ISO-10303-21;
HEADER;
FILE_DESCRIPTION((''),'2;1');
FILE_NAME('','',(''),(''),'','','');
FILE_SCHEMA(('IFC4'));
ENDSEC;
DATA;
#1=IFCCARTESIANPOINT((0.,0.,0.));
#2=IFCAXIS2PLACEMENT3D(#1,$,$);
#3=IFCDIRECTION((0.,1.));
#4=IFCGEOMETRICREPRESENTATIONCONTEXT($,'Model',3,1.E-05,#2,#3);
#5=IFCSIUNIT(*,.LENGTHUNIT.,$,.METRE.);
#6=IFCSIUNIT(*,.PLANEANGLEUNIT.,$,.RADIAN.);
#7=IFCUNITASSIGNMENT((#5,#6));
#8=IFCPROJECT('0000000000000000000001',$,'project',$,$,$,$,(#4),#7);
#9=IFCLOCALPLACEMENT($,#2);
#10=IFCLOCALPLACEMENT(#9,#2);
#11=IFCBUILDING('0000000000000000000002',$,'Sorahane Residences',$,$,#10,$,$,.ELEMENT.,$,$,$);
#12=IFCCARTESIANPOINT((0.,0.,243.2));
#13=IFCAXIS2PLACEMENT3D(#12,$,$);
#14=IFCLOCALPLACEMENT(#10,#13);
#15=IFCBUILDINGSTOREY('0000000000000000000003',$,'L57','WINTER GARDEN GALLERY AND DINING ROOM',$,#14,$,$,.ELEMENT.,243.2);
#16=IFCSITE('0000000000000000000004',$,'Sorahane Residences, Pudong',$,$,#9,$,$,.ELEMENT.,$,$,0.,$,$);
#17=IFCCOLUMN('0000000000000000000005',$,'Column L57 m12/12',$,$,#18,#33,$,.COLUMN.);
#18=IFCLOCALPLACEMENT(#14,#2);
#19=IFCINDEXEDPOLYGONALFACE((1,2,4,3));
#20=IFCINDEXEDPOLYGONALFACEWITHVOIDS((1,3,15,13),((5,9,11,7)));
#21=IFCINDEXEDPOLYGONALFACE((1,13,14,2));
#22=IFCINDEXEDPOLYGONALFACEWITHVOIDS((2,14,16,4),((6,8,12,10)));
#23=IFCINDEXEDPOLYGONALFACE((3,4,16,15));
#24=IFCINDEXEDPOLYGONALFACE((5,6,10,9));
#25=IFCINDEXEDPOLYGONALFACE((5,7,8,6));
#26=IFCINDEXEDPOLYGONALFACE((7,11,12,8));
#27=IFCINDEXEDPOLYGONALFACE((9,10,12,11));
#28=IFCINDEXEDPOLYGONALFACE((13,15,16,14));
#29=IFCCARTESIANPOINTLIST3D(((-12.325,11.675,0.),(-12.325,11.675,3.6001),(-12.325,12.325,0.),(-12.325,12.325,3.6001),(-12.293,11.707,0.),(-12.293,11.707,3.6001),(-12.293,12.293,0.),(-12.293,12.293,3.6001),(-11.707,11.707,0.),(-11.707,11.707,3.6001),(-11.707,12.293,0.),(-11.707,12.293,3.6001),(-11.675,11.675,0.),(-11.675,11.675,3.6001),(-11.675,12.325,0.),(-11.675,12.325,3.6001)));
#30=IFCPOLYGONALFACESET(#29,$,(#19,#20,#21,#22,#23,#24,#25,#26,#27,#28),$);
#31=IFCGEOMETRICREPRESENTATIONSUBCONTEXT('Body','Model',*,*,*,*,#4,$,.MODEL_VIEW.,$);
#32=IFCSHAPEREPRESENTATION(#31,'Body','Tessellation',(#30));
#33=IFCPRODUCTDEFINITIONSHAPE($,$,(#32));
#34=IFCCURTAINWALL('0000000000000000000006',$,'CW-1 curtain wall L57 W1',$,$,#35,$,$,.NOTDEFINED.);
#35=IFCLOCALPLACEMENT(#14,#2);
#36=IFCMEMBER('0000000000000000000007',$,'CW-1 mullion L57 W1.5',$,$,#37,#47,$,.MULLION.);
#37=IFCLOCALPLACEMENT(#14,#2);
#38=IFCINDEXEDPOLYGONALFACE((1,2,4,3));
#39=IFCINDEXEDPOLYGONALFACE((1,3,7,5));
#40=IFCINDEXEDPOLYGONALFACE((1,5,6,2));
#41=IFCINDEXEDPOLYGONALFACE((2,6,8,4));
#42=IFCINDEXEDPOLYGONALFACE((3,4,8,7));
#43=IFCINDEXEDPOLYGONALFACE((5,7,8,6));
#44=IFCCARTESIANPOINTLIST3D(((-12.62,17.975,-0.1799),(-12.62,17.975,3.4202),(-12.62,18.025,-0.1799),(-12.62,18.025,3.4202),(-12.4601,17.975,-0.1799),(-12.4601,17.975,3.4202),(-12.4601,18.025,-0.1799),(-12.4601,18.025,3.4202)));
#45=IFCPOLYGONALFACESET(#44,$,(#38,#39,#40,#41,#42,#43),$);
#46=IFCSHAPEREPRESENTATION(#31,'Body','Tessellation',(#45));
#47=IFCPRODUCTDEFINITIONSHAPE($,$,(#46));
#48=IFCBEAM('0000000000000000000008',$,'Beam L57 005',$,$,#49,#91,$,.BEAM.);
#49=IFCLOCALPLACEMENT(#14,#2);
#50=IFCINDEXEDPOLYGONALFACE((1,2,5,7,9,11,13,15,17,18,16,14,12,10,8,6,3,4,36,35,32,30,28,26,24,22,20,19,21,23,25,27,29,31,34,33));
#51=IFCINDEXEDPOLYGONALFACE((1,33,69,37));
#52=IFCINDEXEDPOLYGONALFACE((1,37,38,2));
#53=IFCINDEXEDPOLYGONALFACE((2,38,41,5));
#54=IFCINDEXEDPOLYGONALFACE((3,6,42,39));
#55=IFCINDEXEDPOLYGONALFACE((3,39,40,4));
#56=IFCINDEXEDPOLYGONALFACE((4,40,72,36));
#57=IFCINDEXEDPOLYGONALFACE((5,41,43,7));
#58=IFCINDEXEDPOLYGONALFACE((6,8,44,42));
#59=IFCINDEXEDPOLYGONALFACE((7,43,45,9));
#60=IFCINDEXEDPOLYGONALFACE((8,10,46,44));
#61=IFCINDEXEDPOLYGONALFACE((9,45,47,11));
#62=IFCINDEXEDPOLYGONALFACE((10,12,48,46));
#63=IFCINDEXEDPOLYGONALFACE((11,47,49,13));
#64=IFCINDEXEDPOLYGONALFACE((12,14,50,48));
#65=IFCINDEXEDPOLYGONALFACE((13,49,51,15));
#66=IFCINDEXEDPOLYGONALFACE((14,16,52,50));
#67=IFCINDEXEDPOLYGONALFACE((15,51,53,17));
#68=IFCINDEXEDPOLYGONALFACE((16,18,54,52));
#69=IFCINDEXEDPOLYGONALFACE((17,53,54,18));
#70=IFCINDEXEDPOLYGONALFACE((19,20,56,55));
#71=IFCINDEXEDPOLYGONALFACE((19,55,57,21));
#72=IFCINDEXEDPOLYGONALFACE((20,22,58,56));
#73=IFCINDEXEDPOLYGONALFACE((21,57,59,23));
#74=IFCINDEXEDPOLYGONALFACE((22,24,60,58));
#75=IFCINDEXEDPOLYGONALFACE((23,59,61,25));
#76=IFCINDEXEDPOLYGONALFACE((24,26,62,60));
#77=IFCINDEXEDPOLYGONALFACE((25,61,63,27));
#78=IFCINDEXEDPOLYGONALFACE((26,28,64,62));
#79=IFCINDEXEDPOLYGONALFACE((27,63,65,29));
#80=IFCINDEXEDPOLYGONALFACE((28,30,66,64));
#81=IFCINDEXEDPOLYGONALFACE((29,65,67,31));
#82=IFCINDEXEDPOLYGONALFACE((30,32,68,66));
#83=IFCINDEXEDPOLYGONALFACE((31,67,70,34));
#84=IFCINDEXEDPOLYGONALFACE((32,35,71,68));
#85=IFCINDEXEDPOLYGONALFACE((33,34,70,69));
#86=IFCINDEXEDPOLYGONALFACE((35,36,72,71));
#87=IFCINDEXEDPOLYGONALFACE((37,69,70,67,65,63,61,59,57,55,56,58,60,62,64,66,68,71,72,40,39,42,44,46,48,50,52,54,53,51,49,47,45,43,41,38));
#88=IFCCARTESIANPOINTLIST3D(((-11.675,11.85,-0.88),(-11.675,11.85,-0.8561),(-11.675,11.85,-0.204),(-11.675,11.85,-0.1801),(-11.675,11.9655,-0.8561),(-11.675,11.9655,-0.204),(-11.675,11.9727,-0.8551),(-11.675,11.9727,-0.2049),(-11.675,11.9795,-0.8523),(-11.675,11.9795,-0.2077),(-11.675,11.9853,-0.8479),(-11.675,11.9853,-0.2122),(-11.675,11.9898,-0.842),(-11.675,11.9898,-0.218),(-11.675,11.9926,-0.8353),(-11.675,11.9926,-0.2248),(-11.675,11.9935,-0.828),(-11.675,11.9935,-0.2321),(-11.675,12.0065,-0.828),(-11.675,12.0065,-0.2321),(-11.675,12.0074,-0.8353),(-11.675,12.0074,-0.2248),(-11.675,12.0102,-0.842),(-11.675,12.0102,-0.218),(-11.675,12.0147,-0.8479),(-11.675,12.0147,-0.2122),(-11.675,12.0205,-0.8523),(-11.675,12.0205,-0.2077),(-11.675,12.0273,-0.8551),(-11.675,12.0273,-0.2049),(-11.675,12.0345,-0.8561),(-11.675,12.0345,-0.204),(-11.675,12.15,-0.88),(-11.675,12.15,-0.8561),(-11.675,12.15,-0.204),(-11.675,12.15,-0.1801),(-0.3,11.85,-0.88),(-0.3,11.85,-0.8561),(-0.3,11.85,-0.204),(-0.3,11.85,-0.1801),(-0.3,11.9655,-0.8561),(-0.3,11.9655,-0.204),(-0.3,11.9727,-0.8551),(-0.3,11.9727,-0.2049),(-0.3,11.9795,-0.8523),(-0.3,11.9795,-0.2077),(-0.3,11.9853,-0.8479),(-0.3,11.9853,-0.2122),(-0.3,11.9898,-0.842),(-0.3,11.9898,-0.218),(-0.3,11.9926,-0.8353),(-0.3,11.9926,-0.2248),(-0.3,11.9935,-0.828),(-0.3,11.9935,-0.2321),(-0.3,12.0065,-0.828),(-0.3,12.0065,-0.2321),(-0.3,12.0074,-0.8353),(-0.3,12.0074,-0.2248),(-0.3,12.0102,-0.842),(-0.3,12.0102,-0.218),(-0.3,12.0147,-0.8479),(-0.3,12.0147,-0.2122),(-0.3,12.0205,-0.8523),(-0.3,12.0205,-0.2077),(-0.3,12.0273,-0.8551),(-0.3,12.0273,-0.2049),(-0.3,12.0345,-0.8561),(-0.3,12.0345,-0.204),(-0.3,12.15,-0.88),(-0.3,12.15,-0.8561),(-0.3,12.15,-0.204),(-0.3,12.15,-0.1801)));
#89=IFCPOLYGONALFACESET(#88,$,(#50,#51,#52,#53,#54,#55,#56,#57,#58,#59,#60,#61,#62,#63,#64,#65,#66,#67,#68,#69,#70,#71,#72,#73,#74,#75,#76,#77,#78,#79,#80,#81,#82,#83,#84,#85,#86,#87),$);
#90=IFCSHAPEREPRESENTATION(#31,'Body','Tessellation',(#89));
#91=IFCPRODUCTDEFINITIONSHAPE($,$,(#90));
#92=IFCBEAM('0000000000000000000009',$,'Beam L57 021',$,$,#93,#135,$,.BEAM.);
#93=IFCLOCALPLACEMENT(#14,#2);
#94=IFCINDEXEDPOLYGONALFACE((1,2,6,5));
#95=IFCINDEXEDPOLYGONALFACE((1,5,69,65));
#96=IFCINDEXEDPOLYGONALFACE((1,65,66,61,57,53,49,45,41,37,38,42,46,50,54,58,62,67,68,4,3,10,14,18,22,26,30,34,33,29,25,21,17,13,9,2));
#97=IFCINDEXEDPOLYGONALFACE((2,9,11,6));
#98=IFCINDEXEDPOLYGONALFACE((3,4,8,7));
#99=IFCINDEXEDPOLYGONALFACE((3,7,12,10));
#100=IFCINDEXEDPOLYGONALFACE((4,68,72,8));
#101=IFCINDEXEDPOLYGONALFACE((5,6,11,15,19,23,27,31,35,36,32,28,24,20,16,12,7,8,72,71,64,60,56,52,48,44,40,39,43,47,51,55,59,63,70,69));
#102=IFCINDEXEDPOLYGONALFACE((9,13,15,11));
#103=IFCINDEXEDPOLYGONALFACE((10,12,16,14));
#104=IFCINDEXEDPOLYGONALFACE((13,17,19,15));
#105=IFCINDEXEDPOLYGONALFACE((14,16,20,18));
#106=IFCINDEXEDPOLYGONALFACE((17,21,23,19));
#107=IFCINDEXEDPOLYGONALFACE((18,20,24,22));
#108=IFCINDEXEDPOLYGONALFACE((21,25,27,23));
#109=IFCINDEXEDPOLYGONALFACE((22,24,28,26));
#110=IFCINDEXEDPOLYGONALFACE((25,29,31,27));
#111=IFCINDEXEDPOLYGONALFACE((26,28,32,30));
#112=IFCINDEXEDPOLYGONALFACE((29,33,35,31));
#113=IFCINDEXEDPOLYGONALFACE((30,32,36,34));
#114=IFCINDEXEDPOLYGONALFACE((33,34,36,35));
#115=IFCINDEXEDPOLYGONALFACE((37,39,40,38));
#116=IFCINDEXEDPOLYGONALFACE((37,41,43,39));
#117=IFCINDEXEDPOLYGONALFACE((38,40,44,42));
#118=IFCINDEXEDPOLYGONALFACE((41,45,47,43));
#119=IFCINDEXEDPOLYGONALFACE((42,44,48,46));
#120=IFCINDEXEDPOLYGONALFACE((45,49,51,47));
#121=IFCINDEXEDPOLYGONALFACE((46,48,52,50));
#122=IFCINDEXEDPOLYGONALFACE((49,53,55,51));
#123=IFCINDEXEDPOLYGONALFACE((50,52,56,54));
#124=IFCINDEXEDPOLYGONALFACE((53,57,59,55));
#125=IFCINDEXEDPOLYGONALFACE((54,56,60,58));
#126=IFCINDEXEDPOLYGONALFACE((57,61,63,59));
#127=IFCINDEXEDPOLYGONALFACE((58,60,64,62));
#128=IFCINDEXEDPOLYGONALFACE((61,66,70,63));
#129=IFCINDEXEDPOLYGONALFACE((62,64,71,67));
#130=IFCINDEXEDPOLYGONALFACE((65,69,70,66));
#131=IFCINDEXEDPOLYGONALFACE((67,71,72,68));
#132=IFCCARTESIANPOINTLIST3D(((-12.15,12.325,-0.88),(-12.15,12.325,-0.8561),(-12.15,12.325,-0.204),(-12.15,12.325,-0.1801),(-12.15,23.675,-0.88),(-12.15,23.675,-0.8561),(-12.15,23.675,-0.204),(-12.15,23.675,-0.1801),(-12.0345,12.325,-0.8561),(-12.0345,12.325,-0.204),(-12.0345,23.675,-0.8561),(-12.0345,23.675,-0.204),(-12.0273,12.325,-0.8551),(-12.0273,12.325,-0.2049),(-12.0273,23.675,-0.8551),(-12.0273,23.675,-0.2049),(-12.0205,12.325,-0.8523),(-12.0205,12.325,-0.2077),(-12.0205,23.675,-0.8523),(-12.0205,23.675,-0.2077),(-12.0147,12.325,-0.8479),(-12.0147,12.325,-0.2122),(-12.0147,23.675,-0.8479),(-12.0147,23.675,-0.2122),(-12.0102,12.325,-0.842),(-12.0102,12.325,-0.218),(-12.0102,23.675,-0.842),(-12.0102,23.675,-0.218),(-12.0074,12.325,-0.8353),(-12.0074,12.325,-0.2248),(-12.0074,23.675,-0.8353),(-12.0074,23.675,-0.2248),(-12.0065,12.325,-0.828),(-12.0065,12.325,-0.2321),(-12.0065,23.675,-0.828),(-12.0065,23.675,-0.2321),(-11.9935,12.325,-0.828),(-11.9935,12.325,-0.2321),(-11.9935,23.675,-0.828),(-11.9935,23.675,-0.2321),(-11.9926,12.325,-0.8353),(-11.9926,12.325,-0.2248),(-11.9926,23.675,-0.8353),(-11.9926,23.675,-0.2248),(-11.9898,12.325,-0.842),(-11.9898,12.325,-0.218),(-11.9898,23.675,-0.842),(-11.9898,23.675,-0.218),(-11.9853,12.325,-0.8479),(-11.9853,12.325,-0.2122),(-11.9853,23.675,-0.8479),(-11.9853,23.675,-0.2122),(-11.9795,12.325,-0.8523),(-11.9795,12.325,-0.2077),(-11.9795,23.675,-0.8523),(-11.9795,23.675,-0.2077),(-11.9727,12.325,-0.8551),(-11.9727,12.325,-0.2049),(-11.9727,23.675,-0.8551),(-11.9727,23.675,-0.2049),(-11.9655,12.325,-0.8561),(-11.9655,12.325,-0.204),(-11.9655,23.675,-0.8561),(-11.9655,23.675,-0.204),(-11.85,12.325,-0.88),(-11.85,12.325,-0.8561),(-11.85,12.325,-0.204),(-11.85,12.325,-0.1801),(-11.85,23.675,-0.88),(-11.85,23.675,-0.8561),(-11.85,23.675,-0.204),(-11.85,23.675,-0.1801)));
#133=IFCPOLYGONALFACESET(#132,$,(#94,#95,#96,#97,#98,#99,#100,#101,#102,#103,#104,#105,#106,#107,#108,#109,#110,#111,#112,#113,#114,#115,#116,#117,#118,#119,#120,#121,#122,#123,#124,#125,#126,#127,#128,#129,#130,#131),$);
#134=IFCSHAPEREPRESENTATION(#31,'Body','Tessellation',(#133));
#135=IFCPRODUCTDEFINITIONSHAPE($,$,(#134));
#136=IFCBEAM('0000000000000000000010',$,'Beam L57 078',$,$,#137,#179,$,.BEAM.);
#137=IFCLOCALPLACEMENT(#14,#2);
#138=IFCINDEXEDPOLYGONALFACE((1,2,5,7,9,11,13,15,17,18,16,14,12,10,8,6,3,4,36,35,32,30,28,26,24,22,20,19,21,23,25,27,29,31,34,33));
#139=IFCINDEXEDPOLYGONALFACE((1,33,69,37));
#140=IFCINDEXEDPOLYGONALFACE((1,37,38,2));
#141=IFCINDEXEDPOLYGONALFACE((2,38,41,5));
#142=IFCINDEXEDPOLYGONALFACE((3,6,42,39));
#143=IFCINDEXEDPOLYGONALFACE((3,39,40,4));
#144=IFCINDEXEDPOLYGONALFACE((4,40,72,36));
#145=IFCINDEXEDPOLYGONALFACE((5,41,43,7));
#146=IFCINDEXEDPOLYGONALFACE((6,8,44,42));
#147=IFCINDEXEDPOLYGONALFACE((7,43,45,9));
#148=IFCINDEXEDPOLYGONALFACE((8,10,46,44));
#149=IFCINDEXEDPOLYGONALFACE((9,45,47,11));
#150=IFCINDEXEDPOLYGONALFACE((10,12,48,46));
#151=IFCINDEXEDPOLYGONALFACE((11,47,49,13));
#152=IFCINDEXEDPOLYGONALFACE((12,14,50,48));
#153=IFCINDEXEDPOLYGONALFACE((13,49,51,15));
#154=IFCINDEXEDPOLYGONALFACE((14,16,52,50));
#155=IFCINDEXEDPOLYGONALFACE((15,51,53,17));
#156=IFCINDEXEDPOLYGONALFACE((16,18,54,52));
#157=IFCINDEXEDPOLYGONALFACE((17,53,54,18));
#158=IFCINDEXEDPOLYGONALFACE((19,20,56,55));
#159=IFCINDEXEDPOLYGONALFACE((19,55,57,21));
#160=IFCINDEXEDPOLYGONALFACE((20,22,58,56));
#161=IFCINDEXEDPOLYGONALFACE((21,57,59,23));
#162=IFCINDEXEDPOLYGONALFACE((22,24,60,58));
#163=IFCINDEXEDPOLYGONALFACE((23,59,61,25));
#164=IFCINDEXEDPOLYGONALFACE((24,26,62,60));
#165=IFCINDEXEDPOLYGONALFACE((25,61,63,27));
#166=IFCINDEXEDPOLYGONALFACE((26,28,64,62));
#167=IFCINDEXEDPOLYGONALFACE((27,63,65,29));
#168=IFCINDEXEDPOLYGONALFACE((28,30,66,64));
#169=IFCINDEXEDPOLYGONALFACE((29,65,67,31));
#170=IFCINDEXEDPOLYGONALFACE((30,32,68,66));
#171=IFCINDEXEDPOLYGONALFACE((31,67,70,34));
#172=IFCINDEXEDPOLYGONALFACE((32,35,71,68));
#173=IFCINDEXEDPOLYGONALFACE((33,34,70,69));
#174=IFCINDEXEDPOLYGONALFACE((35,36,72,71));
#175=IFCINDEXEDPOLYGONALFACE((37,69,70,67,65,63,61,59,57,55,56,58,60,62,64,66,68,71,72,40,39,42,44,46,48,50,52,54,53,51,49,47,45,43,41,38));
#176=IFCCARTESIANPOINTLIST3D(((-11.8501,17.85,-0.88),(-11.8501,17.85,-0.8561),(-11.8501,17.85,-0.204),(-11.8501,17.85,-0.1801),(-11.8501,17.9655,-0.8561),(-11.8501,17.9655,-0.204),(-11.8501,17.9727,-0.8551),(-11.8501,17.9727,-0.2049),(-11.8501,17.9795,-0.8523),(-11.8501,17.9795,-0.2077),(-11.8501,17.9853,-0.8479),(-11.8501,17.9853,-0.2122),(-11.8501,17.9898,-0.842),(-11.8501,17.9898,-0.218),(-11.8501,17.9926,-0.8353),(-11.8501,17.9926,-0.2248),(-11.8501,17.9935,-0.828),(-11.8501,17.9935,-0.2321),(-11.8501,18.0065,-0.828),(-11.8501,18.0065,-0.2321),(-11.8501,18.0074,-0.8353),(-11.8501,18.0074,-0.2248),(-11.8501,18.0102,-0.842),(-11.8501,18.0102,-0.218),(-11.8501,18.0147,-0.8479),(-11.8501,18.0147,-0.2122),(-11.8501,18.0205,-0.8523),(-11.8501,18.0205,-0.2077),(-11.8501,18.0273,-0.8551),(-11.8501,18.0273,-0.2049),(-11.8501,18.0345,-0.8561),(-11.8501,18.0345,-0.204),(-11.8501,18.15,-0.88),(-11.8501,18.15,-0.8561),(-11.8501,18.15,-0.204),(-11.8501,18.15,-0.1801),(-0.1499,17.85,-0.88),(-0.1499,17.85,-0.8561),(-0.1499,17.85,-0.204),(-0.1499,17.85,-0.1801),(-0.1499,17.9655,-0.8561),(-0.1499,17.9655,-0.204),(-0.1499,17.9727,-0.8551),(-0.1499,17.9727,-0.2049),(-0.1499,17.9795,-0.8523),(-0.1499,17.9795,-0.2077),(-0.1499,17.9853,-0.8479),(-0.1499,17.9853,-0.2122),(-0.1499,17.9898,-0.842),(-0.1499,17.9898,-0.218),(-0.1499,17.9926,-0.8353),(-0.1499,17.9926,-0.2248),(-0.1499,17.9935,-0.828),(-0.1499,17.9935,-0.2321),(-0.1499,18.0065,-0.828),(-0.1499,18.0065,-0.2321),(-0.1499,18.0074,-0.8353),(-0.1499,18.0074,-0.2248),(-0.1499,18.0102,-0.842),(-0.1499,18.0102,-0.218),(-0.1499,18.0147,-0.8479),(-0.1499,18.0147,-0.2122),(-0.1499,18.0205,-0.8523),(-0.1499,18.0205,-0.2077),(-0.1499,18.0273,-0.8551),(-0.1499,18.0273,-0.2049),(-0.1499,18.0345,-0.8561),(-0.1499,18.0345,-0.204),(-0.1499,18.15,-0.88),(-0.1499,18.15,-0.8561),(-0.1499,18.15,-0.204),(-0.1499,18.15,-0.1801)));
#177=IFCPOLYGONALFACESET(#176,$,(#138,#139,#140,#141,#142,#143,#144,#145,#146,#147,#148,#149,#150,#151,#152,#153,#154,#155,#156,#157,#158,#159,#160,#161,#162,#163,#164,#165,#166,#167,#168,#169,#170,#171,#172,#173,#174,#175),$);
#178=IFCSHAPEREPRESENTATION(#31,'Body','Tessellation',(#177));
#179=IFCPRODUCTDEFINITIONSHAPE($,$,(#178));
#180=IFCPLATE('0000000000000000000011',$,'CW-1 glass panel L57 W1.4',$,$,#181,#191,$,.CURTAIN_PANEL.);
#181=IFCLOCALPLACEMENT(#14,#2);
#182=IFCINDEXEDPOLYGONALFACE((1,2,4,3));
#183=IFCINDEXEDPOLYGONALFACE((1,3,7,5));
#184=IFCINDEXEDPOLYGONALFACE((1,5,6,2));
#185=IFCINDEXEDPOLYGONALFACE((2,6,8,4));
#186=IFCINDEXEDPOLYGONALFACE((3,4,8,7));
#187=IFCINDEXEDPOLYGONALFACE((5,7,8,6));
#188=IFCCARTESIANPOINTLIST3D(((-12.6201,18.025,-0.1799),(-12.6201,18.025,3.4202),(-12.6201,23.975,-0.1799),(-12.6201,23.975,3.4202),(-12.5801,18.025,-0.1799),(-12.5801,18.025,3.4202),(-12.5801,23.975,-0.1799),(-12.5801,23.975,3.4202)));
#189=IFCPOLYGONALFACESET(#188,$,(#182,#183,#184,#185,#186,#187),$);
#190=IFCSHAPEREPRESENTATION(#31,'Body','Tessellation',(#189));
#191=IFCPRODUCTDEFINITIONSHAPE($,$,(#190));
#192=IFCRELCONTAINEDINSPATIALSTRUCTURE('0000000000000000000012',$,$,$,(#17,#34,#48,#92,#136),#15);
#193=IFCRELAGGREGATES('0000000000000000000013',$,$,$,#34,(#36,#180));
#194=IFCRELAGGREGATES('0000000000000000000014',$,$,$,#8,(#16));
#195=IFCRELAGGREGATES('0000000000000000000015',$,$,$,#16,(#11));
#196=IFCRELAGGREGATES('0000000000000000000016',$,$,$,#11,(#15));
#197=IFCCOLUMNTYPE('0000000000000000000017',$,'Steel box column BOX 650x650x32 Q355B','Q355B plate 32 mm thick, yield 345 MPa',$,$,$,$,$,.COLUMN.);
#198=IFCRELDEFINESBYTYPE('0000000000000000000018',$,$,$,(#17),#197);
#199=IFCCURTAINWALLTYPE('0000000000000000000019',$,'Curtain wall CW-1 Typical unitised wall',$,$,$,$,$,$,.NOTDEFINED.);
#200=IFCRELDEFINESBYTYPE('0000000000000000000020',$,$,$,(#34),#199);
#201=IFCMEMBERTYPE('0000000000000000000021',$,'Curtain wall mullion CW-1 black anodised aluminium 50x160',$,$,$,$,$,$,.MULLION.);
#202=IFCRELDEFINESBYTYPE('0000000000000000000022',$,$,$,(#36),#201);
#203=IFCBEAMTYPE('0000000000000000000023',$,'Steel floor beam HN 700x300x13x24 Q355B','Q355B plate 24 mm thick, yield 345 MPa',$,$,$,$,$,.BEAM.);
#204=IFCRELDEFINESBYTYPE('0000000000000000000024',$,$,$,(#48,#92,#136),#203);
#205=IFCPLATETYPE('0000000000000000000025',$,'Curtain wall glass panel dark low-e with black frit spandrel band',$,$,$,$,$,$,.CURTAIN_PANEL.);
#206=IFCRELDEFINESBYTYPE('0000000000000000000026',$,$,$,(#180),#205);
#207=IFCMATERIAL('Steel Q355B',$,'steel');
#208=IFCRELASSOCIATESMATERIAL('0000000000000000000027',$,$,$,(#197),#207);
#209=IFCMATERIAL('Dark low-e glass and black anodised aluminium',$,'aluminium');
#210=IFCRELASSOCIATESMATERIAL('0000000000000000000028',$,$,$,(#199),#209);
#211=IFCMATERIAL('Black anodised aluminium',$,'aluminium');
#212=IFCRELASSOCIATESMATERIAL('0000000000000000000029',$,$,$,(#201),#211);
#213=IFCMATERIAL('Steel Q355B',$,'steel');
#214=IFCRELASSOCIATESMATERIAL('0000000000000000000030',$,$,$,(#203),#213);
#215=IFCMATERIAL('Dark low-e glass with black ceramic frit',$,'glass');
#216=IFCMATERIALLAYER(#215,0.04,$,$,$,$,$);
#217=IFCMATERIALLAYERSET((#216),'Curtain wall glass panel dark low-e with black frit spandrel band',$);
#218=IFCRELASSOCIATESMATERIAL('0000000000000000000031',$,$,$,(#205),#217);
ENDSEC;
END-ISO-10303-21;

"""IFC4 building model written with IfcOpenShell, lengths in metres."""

from ifc_helpers import new_model, si_unit, direction, frame, origin, origin_2d, place, context, subcontext, project, spatial, rectangle, hollow_rectangle, i_section, extrude, material, layer, layer_set, material_profile, profile_set, type_object, element, aggregate, save


model = new_model("IFC4")

# Units and contexts
model_context = context("Model", 3, precision=1e-05, world=origin(), true_north=direction((0.0, 1.0)))
body_context = subcontext(model_context, "Body", "Model", "MODEL_VIEW")
ifc_project = project(units=[si_unit("LENGTHUNIT", "METRE"), si_unit("PLANEANGLEUNIT", "RADIAN")], contexts=[model_context])

# Site, building, storey
site_placement = place(None, origin())
site = spatial("IfcSite", under=ifc_project, at=site_placement, Name="Sorahane Residences, Pudong", CompositionType="ELEMENT", RefElevation=0.0)
building_placement = place(site_placement, origin())
building = spatial("IfcBuilding", under=site, at=building_placement, Name="Sorahane Residences", CompositionType="ELEMENT")
storey_placement = place(building_placement, frame((0.0, 0.0, 243.2)))
storey = spatial("IfcBuildingStorey", under=building, at=storey_placement, Name="L57", Description="WINTER GARDEN GALLERY AND DINING ROOM", CompositionType="ELEMENT", Elevation=243.2)

# Column
ifc_material_1 = material(Name="Steel Q355B", Category="steel")
ifc_material_profile_1 = material_profile(ifc_material_1, hollow_rectangle(XDim=0.6499, YDim=0.6499, WallThickness=0.032, at=origin_2d()), Name="BOX 650x650x32")
ifc_profile_set_1 = profile_set([ifc_material_profile_1], Name="Steel Q355B")
column_type = type_object("IfcColumnType", Name="Steel box column BOX 650x650x32 Q355B", Description="Q355B plate 32 mm thick, yield 345 MPa", PredefinedType="COLUMN", material=ifc_profile_set_1)
column_placement = place(storey_placement, frame((-12.0, 12.0, 0.0), z_axis=(0.0, 0.0, 1.0), x_axis=(1.0, 0.0, 0.0)))
element("IfcColumn", 1, at=column_placement, inside=storey, type_object=column_type, Name="Column L57 m12/12", PredefinedType="COLUMN", context=body_context, shape_type="SweptSolid", body=[
    extrude(hollow_rectangle(XDim=0.6499, YDim=0.6499, WallThickness=0.032, at=origin_2d()), origin(), (0.0, 0.0, 1.0), 3.6001),
])

# Curtain wall, member
ifc_material_2 = material(Name="Dark low-e glass and black anodised aluminium", Category="aluminium")
curtain_wall_type = type_object("IfcCurtainWallType", Name="Curtain wall CW-1 Typical unitised wall", PredefinedType="NOTDEFINED", material=ifc_material_2)
curtain_wall_placement = place(storey_placement, origin())
curtain_wall = element("IfcCurtainWall", 2, at=curtain_wall_placement, inside=storey, type_object=curtain_wall_type, Name="CW-1 curtain wall L57 W1", PredefinedType="NOTDEFINED")
ifc_material_3 = material(Name="Black anodised aluminium", Category="aluminium")
ifc_material_profile_2 = material_profile(ifc_material_3, rectangle(XDim=0.1599, YDim=0.05, at=origin_2d()), Name="Curtain wall mullion CW-1 black anodised aluminium 50x160")
ifc_profile_set_2 = profile_set([ifc_material_profile_2], Name="Black anodised aluminium")
member_type = type_object("IfcMemberType", Name="Curtain wall mullion CW-1 black anodised aluminium 50x160", PredefinedType="MULLION", material=ifc_profile_set_2)
member_placement = place(storey_placement, frame((-12.54, 18.0, -0.1799), z_axis=(0.0, 0.0, 1.0), x_axis=(-1.0, 0.0, 0.0)))
member = element("IfcMember", 3, at=member_placement, type_object=member_type, Name="CW-1 mullion L57 W1.5", PredefinedType="MULLION", context=body_context, shape_type="SweptSolid", body=[
    extrude(rectangle(XDim=0.1599, YDim=0.05, at=origin_2d()), origin(), (0.0, 0.0, 1.0), 3.6001),
])

# Beams
ifc_material_4 = material(Name="Steel Q355B", Category="steel")
ifc_material_profile_3 = material_profile(ifc_material_4, i_section(OverallWidth=0.3, OverallDepth=0.7, WebThickness=0.0129, FlangeThickness=0.0239, FilletRadius=0.0281, at=origin_2d()), Name="HN 700x300x13x24")
ifc_profile_set_3 = profile_set([ifc_material_profile_3], Name="Steel Q355B")
beam_type = type_object("IfcBeamType", Name="Steel floor beam HN 700x300x13x24 Q355B", Description="Q355B plate 24 mm thick, yield 345 MPa", PredefinedType="BEAM", material=ifc_profile_set_3)
beam_1_placement = place(storey_placement, frame((-11.675, 12.0, -0.53), z_axis=(1.0, 0.0, 0.0), x_axis=(0.0, 1.0, 0.0)))
element("IfcBeam", 4, at=beam_1_placement, inside=storey, type_object=beam_type, Name="Beam L57 005", PredefinedType="BEAM", context=body_context, shape_type="SweptSolid", body=[
    extrude(i_section(OverallWidth=0.3, OverallDepth=0.7, WebThickness=0.0129, FlangeThickness=0.0239, FilletRadius=0.0281, at=origin_2d()), origin(), (0.0, 0.0, 1.0), 11.375),
])
beam_2_placement = place(storey_placement, frame((-12.0, 12.325, -0.53), z_axis=(0.0, 1.0, 0.0), x_axis=(-1.0, 0.0, 0.0)))
element("IfcBeam", 5, at=beam_2_placement, inside=storey, type_object=beam_type, Name="Beam L57 021", PredefinedType="BEAM", context=body_context, shape_type="SweptSolid", body=[
    extrude(i_section(OverallWidth=0.3, OverallDepth=0.7, WebThickness=0.0129, FlangeThickness=0.0239, FilletRadius=0.0281, at=origin_2d()), origin(), (0.0, 0.0, 1.0), 11.3501),
])
beam_3_placement = place(storey_placement, frame((-11.8501, 18.0, -0.53), z_axis=(1.0, 0.0, 0.0), x_axis=(0.0, 1.0, 0.0)))
element("IfcBeam", 6, at=beam_3_placement, inside=storey, type_object=beam_type, Name="Beam L57 078", PredefinedType="BEAM", context=body_context, shape_type="SweptSolid", body=[
    extrude(i_section(OverallWidth=0.3, OverallDepth=0.7, WebThickness=0.0129, FlangeThickness=0.0239, FilletRadius=0.0281, at=origin_2d()), origin(), (0.0, 0.0, 1.0), 11.7002),
])

# Plate
ifc_material_5 = material(Name="Dark low-e glass with black ceramic frit", Category="glass")
ifc_layer_1 = layer(ifc_material_5, 0.04)
ifc_layer_set_1 = layer_set([ifc_layer_1], Name="Curtain wall glass panel dark low-e with black frit spandrel band")
plate_type = type_object("IfcPlateType", Name="Curtain wall glass panel dark low-e with black frit spandrel band", PredefinedType="CURTAIN_PANEL", material=ifc_layer_set_1)
plate_1_placement = place(storey_placement, frame((-12.6001, 21.0, -0.1799), z_axis=(0.0, 0.0, 1.0), x_axis=(0.0, -1.0, 0.0)))
plate_1 = element("IfcPlate", 7, at=plate_1_placement, type_object=plate_type, Name="CW-1 glass panel L57 W1.4", PredefinedType="CURTAIN_PANEL", context=body_context, shape_type="SweptSolid", body=[
    extrude(rectangle(XDim=5.95, YDim=0.04, at=origin_2d()), origin(), (0.0, 0.0, 1.0), 3.6001),
])
aggregate(curtain_wall, [member, plate_1])

save(model, "model.ifc")
